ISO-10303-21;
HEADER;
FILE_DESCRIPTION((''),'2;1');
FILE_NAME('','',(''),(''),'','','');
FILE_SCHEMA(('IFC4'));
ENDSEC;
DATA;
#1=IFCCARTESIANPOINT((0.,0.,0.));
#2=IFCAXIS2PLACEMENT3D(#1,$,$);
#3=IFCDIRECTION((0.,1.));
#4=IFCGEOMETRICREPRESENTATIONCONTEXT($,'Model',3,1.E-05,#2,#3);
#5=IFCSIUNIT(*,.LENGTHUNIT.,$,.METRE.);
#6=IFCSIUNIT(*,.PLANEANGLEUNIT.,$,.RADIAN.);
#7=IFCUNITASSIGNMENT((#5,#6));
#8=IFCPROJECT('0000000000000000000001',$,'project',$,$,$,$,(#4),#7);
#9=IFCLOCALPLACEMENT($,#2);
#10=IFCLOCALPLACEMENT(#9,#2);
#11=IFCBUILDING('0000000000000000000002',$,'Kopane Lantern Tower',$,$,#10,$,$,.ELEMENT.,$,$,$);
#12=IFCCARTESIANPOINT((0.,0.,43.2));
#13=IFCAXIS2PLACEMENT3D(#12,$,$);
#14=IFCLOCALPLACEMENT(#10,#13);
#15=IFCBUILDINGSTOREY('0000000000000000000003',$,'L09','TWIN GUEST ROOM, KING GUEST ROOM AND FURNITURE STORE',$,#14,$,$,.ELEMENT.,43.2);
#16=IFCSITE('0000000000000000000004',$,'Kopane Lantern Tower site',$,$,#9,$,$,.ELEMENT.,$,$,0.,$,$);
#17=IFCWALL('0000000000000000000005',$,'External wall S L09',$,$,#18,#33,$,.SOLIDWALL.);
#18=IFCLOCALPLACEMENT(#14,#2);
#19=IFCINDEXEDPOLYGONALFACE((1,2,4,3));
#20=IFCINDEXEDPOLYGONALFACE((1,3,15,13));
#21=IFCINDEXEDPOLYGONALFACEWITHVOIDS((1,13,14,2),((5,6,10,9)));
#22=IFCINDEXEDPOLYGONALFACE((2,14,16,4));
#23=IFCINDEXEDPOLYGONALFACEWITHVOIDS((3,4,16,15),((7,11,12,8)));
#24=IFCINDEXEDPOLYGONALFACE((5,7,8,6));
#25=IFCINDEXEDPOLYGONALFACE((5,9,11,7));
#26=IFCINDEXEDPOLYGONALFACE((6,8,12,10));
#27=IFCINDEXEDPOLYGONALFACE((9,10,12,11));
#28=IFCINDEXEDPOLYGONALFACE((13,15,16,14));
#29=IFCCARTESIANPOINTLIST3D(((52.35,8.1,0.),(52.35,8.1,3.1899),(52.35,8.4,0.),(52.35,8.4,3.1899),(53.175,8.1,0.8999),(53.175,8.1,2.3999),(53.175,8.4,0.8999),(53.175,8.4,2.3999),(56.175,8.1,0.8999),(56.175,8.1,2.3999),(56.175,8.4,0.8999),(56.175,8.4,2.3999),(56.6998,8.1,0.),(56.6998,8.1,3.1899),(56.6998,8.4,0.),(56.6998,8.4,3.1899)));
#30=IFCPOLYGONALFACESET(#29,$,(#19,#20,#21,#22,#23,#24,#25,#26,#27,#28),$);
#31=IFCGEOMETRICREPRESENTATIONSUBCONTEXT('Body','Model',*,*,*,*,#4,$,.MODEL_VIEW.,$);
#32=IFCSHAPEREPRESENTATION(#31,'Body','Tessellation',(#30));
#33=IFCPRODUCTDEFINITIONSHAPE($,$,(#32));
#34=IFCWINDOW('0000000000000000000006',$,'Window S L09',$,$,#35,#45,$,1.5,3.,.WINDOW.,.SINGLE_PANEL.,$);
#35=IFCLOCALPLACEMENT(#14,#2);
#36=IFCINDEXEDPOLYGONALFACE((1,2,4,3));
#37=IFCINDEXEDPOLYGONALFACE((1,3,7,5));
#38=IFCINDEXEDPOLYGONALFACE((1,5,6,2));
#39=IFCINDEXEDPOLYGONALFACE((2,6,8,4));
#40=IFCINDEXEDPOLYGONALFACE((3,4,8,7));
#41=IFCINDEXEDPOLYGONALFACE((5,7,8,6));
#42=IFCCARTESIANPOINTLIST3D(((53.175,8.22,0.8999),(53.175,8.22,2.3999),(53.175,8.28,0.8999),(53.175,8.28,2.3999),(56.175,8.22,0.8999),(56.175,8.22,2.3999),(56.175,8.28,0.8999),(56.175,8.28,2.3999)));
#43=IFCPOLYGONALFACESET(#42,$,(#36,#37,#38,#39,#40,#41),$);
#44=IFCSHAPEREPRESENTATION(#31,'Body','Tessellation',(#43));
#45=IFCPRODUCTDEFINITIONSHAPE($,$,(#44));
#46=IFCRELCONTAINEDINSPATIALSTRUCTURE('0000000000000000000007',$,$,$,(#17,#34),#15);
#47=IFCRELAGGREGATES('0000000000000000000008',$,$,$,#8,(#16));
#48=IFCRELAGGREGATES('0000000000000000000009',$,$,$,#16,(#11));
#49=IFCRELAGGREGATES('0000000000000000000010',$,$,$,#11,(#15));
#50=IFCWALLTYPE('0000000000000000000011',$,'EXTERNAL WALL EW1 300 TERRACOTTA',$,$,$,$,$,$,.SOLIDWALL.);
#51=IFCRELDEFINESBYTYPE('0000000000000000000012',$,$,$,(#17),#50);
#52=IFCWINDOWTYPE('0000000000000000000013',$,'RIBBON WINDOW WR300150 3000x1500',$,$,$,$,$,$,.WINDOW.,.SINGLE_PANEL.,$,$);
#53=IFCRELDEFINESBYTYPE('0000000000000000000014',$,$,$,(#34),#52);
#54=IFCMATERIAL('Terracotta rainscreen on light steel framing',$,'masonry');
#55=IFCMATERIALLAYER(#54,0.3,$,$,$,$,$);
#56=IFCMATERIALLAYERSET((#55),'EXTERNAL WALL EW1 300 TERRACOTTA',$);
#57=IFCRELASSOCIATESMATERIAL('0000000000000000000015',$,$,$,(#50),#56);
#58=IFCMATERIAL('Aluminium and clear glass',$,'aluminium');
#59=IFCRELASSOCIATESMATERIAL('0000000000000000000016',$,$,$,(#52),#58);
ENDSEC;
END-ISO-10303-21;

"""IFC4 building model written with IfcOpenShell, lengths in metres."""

from ifc_helpers import new_model, si_unit, direction, frame, frame_2d, origin, place, context, subcontext, project, spatial, rectangle, extrude, material, layer, layer_set, type_object, element, fill, save


model = new_model("IFC4")

# Units and contexts
model_context = context("Model", 3, precision=1e-05, world=origin(), true_north=direction((0.0, 1.0)))
body_context = subcontext(model_context, "Body", "Model", "MODEL_VIEW")
ifc_project = project(units=[si_unit("LENGTHUNIT", "METRE"), si_unit("PLANEANGLEUNIT", "RADIAN")], contexts=[model_context])

# Site, building, storey
site_placement = place(None, origin())
site = spatial("IfcSite", under=ifc_project, at=site_placement, Name="Kopane Lantern Tower site", CompositionType="ELEMENT", RefElevation=0.0)
building_placement = place(site_placement, origin())
building = spatial("IfcBuilding", under=site, at=building_placement, Name="Kopane Lantern Tower", CompositionType="ELEMENT")
storey_placement = place(building_placement, frame((0.0, 0.0, 43.2)))
storey = spatial("IfcBuildingStorey", under=building, at=storey_placement, Name="L09", Description="TWIN GUEST ROOM, KING GUEST ROOM AND FURNITURE STORE", CompositionType="ELEMENT", Elevation=43.2)

# Wall, opening, window
ifc_material_1 = material(Name="Terracotta rainscreen on light steel framing", Category="masonry")
ifc_layer_1 = layer(ifc_material_1, 0.3)
ifc_layer_set_1 = layer_set([ifc_layer_1], Name="EXTERNAL WALL EW1 300 TERRACOTTA")
wall_type_1 = type_object("IfcWallType", Name="EXTERNAL WALL EW1 300 TERRACOTTA", PredefinedType="SOLIDWALL", material=ifc_layer_set_1)
wall_1_placement = place(storey_placement, frame((52.3501, 8.25, 0.0), z_axis=(0.0, 0.0, 1.0), x_axis=(1.0, 0.0, 0.0)))
wall_1 = element("IfcWall", 1, at=wall_1_placement, inside=storey, type_object=wall_type_1, Name="External wall S L09", PredefinedType="SOLIDWALL", context=body_context, shape_type="SweptSolid", body=[
    extrude(rectangle(XDim=4.3499, YDim=0.3, at=frame_2d((2.1748, 0.0))), origin(), (0.0, 0.0, 1.0), 3.1899),
])
opening_1_placement = place(wall_1_placement, frame((0.825, 0.0, 0.8999)))
opening_1 = element("IfcOpeningElement", 2, at=opening_1_placement, cuts=wall_1, PredefinedType="OPENING", context=body_context, shape_type="SweptSolid", body=[
    extrude(rectangle(XDim=3.0, YDim=1.5, at=frame_2d((1.5, 0.75))), frame((0.0, 0.1599, 0.0), z_axis=(0.0, -1.0, 0.0), x_axis=(1.0, 0.0, 0.0)), (0.0, 0.0, 1.0), 0.3201),
])
ifc_material_2 = material(Name="Aluminium and clear glass", Category="aluminium")
window_type_1 = type_object("IfcWindowType", Name="RIBBON WINDOW WR300150 3000x1500", PartitioningType="SINGLE_PANEL", PredefinedType="WINDOW", material=ifc_material_2)
window_1_placement = place(opening_1_placement, origin())
window_1 = element("IfcWindow", 3, at=window_1_placement, inside=storey, type_object=window_type_1, Name="Window S L09", OverallHeight=1.5, OverallWidth=3.0, PartitioningType="SINGLE_PANEL", PredefinedType="WINDOW", context=body_context, shape_type="SweptSolid", body=[
    extrude(rectangle(XDim=3.0, YDim=1.5, at=frame_2d((1.5, 0.75))), frame((0.0, 0.03, 0.0), z_axis=(0.0, -1.0, 0.0), x_axis=(1.0, 0.0, 0.0)), (0.0, 0.0, 1.0), 0.0601),
])
fill(opening_1, window_1)

save(model, "model.ifc")
